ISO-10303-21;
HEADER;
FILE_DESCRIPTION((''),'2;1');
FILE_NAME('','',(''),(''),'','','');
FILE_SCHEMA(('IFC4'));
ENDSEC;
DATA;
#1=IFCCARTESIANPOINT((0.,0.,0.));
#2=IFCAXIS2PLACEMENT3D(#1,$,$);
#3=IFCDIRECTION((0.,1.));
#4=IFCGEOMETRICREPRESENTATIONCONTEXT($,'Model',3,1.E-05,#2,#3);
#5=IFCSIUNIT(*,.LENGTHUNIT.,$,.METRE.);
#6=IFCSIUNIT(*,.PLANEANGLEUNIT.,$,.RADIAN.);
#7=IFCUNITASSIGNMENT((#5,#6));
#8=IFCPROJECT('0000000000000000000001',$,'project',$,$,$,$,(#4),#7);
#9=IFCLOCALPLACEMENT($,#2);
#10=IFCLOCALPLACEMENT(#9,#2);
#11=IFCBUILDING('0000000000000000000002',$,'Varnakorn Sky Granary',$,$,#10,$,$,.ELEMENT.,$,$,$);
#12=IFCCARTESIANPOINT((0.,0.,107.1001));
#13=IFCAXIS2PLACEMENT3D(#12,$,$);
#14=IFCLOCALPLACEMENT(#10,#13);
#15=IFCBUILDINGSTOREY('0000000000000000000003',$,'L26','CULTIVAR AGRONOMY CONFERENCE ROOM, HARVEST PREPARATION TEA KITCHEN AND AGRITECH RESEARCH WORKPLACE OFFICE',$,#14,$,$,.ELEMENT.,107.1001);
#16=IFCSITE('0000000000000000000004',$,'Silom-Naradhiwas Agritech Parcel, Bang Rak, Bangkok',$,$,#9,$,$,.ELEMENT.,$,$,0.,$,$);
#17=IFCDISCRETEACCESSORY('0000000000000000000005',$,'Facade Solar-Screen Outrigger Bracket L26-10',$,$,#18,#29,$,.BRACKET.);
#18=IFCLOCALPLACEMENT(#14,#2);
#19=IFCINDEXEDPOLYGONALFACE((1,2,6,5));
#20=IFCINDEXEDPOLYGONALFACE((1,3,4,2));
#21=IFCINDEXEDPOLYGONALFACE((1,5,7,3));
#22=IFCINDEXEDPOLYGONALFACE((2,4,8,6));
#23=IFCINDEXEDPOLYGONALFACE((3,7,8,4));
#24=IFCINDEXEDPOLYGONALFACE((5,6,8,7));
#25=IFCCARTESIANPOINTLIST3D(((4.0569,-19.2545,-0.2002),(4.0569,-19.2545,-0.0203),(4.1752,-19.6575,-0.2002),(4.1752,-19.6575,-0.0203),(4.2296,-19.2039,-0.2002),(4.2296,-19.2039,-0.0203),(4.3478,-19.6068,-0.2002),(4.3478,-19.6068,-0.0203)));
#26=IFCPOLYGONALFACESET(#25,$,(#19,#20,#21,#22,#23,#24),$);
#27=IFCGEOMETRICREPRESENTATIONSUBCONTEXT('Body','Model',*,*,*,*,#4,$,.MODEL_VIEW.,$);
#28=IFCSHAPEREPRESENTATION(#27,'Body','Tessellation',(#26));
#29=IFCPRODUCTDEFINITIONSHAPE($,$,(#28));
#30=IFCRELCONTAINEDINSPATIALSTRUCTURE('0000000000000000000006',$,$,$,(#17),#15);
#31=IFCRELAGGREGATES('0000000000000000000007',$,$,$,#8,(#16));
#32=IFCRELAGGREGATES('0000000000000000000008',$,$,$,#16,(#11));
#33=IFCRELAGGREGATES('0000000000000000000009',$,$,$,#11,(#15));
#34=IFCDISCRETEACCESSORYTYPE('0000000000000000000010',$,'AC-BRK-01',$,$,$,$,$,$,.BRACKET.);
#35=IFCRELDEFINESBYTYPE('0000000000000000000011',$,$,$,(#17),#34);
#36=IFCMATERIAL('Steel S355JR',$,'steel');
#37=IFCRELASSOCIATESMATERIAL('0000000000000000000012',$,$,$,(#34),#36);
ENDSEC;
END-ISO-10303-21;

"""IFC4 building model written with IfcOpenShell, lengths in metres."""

from ifc_helpers import new_model, si_unit, direction, frame, origin, origin_2d, place, context, subcontext, project, spatial, rectangle, extrude, source, transform, mapped, material, type_object, type_shapes, element, save


model = new_model("IFC4")

# Units and contexts
model_context = context("Model", 3, precision=1e-05, world=origin(), true_north=direction((0.0, 1.0)))
body_context = subcontext(model_context, "Body", "Model", "MODEL_VIEW")
ifc_project = project(units=[si_unit("LENGTHUNIT", "METRE"), si_unit("PLANEANGLEUNIT", "RADIAN")], contexts=[model_context])

# Site, building, storey
site_placement = place(None, origin())
site = spatial("IfcSite", under=ifc_project, at=site_placement, Name="Silom-Naradhiwas Agritech Parcel, Bang Rak, Bangkok", CompositionType="ELEMENT", RefElevation=0.0)
building_placement = place(site_placement, origin())
building = spatial("IfcBuilding", under=site, at=building_placement, Name="Varnakorn Sky Granary", CompositionType="ELEMENT")
storey_placement = place(building_placement, frame((0.0, 0.0, 107.1001)))
storey = spatial("IfcBuildingStorey", under=building, at=storey_placement, Name="L26", Description="CULTIVAR AGRONOMY CONFERENCE ROOM, HARVEST PREPARATION TEA KITCHEN AND AGRITECH RESEARCH WORKPLACE OFFICE", CompositionType="ELEMENT", Elevation=107.1001)

# Discrete accessory
ifc_material_1 = material(Name="Steel S355JR", Category="steel")
discrete_accessory_type = type_object("IfcDiscreteAccessoryType", Name="AC-BRK-01", PredefinedType="BRACKET", material=ifc_material_1)
shared_shape_1 = source(origin(), body_context, "Body", "SweptSolid", [
    extrude(rectangle(XDim=0.1799, YDim=0.4199, at=origin_2d()), origin(), (0.0, 0.0, 1.0), 0.1799),
])
type_shapes(discrete_accessory_type, [shared_shape_1])
discrete_accessory_placement = place(storey_placement, frame((4.2024, -19.4307, -0.2002), z_axis=(0.0, 0.0, 1.0), x_axis=(0.959532, 0.281601, 0.0)))
element("IfcDiscreteAccessory", 1, at=discrete_accessory_placement, inside=storey, type_object=discrete_accessory_type, Name="Facade Solar-Screen Outrigger Bracket L26-10", PredefinedType="BRACKET", context=body_context, shape_type="MappedRepresentation", body=[
    mapped(shared_shape_1, transform((0.0, 0.0, 0.0), x_axis=(1.0, 0.0, 0.0), y_axis=(0.0, 1.0, 0.0), z_axis=(0.0, 0.0, 1.0), scale=1.0)),
])

save(model, "model.ifc")
